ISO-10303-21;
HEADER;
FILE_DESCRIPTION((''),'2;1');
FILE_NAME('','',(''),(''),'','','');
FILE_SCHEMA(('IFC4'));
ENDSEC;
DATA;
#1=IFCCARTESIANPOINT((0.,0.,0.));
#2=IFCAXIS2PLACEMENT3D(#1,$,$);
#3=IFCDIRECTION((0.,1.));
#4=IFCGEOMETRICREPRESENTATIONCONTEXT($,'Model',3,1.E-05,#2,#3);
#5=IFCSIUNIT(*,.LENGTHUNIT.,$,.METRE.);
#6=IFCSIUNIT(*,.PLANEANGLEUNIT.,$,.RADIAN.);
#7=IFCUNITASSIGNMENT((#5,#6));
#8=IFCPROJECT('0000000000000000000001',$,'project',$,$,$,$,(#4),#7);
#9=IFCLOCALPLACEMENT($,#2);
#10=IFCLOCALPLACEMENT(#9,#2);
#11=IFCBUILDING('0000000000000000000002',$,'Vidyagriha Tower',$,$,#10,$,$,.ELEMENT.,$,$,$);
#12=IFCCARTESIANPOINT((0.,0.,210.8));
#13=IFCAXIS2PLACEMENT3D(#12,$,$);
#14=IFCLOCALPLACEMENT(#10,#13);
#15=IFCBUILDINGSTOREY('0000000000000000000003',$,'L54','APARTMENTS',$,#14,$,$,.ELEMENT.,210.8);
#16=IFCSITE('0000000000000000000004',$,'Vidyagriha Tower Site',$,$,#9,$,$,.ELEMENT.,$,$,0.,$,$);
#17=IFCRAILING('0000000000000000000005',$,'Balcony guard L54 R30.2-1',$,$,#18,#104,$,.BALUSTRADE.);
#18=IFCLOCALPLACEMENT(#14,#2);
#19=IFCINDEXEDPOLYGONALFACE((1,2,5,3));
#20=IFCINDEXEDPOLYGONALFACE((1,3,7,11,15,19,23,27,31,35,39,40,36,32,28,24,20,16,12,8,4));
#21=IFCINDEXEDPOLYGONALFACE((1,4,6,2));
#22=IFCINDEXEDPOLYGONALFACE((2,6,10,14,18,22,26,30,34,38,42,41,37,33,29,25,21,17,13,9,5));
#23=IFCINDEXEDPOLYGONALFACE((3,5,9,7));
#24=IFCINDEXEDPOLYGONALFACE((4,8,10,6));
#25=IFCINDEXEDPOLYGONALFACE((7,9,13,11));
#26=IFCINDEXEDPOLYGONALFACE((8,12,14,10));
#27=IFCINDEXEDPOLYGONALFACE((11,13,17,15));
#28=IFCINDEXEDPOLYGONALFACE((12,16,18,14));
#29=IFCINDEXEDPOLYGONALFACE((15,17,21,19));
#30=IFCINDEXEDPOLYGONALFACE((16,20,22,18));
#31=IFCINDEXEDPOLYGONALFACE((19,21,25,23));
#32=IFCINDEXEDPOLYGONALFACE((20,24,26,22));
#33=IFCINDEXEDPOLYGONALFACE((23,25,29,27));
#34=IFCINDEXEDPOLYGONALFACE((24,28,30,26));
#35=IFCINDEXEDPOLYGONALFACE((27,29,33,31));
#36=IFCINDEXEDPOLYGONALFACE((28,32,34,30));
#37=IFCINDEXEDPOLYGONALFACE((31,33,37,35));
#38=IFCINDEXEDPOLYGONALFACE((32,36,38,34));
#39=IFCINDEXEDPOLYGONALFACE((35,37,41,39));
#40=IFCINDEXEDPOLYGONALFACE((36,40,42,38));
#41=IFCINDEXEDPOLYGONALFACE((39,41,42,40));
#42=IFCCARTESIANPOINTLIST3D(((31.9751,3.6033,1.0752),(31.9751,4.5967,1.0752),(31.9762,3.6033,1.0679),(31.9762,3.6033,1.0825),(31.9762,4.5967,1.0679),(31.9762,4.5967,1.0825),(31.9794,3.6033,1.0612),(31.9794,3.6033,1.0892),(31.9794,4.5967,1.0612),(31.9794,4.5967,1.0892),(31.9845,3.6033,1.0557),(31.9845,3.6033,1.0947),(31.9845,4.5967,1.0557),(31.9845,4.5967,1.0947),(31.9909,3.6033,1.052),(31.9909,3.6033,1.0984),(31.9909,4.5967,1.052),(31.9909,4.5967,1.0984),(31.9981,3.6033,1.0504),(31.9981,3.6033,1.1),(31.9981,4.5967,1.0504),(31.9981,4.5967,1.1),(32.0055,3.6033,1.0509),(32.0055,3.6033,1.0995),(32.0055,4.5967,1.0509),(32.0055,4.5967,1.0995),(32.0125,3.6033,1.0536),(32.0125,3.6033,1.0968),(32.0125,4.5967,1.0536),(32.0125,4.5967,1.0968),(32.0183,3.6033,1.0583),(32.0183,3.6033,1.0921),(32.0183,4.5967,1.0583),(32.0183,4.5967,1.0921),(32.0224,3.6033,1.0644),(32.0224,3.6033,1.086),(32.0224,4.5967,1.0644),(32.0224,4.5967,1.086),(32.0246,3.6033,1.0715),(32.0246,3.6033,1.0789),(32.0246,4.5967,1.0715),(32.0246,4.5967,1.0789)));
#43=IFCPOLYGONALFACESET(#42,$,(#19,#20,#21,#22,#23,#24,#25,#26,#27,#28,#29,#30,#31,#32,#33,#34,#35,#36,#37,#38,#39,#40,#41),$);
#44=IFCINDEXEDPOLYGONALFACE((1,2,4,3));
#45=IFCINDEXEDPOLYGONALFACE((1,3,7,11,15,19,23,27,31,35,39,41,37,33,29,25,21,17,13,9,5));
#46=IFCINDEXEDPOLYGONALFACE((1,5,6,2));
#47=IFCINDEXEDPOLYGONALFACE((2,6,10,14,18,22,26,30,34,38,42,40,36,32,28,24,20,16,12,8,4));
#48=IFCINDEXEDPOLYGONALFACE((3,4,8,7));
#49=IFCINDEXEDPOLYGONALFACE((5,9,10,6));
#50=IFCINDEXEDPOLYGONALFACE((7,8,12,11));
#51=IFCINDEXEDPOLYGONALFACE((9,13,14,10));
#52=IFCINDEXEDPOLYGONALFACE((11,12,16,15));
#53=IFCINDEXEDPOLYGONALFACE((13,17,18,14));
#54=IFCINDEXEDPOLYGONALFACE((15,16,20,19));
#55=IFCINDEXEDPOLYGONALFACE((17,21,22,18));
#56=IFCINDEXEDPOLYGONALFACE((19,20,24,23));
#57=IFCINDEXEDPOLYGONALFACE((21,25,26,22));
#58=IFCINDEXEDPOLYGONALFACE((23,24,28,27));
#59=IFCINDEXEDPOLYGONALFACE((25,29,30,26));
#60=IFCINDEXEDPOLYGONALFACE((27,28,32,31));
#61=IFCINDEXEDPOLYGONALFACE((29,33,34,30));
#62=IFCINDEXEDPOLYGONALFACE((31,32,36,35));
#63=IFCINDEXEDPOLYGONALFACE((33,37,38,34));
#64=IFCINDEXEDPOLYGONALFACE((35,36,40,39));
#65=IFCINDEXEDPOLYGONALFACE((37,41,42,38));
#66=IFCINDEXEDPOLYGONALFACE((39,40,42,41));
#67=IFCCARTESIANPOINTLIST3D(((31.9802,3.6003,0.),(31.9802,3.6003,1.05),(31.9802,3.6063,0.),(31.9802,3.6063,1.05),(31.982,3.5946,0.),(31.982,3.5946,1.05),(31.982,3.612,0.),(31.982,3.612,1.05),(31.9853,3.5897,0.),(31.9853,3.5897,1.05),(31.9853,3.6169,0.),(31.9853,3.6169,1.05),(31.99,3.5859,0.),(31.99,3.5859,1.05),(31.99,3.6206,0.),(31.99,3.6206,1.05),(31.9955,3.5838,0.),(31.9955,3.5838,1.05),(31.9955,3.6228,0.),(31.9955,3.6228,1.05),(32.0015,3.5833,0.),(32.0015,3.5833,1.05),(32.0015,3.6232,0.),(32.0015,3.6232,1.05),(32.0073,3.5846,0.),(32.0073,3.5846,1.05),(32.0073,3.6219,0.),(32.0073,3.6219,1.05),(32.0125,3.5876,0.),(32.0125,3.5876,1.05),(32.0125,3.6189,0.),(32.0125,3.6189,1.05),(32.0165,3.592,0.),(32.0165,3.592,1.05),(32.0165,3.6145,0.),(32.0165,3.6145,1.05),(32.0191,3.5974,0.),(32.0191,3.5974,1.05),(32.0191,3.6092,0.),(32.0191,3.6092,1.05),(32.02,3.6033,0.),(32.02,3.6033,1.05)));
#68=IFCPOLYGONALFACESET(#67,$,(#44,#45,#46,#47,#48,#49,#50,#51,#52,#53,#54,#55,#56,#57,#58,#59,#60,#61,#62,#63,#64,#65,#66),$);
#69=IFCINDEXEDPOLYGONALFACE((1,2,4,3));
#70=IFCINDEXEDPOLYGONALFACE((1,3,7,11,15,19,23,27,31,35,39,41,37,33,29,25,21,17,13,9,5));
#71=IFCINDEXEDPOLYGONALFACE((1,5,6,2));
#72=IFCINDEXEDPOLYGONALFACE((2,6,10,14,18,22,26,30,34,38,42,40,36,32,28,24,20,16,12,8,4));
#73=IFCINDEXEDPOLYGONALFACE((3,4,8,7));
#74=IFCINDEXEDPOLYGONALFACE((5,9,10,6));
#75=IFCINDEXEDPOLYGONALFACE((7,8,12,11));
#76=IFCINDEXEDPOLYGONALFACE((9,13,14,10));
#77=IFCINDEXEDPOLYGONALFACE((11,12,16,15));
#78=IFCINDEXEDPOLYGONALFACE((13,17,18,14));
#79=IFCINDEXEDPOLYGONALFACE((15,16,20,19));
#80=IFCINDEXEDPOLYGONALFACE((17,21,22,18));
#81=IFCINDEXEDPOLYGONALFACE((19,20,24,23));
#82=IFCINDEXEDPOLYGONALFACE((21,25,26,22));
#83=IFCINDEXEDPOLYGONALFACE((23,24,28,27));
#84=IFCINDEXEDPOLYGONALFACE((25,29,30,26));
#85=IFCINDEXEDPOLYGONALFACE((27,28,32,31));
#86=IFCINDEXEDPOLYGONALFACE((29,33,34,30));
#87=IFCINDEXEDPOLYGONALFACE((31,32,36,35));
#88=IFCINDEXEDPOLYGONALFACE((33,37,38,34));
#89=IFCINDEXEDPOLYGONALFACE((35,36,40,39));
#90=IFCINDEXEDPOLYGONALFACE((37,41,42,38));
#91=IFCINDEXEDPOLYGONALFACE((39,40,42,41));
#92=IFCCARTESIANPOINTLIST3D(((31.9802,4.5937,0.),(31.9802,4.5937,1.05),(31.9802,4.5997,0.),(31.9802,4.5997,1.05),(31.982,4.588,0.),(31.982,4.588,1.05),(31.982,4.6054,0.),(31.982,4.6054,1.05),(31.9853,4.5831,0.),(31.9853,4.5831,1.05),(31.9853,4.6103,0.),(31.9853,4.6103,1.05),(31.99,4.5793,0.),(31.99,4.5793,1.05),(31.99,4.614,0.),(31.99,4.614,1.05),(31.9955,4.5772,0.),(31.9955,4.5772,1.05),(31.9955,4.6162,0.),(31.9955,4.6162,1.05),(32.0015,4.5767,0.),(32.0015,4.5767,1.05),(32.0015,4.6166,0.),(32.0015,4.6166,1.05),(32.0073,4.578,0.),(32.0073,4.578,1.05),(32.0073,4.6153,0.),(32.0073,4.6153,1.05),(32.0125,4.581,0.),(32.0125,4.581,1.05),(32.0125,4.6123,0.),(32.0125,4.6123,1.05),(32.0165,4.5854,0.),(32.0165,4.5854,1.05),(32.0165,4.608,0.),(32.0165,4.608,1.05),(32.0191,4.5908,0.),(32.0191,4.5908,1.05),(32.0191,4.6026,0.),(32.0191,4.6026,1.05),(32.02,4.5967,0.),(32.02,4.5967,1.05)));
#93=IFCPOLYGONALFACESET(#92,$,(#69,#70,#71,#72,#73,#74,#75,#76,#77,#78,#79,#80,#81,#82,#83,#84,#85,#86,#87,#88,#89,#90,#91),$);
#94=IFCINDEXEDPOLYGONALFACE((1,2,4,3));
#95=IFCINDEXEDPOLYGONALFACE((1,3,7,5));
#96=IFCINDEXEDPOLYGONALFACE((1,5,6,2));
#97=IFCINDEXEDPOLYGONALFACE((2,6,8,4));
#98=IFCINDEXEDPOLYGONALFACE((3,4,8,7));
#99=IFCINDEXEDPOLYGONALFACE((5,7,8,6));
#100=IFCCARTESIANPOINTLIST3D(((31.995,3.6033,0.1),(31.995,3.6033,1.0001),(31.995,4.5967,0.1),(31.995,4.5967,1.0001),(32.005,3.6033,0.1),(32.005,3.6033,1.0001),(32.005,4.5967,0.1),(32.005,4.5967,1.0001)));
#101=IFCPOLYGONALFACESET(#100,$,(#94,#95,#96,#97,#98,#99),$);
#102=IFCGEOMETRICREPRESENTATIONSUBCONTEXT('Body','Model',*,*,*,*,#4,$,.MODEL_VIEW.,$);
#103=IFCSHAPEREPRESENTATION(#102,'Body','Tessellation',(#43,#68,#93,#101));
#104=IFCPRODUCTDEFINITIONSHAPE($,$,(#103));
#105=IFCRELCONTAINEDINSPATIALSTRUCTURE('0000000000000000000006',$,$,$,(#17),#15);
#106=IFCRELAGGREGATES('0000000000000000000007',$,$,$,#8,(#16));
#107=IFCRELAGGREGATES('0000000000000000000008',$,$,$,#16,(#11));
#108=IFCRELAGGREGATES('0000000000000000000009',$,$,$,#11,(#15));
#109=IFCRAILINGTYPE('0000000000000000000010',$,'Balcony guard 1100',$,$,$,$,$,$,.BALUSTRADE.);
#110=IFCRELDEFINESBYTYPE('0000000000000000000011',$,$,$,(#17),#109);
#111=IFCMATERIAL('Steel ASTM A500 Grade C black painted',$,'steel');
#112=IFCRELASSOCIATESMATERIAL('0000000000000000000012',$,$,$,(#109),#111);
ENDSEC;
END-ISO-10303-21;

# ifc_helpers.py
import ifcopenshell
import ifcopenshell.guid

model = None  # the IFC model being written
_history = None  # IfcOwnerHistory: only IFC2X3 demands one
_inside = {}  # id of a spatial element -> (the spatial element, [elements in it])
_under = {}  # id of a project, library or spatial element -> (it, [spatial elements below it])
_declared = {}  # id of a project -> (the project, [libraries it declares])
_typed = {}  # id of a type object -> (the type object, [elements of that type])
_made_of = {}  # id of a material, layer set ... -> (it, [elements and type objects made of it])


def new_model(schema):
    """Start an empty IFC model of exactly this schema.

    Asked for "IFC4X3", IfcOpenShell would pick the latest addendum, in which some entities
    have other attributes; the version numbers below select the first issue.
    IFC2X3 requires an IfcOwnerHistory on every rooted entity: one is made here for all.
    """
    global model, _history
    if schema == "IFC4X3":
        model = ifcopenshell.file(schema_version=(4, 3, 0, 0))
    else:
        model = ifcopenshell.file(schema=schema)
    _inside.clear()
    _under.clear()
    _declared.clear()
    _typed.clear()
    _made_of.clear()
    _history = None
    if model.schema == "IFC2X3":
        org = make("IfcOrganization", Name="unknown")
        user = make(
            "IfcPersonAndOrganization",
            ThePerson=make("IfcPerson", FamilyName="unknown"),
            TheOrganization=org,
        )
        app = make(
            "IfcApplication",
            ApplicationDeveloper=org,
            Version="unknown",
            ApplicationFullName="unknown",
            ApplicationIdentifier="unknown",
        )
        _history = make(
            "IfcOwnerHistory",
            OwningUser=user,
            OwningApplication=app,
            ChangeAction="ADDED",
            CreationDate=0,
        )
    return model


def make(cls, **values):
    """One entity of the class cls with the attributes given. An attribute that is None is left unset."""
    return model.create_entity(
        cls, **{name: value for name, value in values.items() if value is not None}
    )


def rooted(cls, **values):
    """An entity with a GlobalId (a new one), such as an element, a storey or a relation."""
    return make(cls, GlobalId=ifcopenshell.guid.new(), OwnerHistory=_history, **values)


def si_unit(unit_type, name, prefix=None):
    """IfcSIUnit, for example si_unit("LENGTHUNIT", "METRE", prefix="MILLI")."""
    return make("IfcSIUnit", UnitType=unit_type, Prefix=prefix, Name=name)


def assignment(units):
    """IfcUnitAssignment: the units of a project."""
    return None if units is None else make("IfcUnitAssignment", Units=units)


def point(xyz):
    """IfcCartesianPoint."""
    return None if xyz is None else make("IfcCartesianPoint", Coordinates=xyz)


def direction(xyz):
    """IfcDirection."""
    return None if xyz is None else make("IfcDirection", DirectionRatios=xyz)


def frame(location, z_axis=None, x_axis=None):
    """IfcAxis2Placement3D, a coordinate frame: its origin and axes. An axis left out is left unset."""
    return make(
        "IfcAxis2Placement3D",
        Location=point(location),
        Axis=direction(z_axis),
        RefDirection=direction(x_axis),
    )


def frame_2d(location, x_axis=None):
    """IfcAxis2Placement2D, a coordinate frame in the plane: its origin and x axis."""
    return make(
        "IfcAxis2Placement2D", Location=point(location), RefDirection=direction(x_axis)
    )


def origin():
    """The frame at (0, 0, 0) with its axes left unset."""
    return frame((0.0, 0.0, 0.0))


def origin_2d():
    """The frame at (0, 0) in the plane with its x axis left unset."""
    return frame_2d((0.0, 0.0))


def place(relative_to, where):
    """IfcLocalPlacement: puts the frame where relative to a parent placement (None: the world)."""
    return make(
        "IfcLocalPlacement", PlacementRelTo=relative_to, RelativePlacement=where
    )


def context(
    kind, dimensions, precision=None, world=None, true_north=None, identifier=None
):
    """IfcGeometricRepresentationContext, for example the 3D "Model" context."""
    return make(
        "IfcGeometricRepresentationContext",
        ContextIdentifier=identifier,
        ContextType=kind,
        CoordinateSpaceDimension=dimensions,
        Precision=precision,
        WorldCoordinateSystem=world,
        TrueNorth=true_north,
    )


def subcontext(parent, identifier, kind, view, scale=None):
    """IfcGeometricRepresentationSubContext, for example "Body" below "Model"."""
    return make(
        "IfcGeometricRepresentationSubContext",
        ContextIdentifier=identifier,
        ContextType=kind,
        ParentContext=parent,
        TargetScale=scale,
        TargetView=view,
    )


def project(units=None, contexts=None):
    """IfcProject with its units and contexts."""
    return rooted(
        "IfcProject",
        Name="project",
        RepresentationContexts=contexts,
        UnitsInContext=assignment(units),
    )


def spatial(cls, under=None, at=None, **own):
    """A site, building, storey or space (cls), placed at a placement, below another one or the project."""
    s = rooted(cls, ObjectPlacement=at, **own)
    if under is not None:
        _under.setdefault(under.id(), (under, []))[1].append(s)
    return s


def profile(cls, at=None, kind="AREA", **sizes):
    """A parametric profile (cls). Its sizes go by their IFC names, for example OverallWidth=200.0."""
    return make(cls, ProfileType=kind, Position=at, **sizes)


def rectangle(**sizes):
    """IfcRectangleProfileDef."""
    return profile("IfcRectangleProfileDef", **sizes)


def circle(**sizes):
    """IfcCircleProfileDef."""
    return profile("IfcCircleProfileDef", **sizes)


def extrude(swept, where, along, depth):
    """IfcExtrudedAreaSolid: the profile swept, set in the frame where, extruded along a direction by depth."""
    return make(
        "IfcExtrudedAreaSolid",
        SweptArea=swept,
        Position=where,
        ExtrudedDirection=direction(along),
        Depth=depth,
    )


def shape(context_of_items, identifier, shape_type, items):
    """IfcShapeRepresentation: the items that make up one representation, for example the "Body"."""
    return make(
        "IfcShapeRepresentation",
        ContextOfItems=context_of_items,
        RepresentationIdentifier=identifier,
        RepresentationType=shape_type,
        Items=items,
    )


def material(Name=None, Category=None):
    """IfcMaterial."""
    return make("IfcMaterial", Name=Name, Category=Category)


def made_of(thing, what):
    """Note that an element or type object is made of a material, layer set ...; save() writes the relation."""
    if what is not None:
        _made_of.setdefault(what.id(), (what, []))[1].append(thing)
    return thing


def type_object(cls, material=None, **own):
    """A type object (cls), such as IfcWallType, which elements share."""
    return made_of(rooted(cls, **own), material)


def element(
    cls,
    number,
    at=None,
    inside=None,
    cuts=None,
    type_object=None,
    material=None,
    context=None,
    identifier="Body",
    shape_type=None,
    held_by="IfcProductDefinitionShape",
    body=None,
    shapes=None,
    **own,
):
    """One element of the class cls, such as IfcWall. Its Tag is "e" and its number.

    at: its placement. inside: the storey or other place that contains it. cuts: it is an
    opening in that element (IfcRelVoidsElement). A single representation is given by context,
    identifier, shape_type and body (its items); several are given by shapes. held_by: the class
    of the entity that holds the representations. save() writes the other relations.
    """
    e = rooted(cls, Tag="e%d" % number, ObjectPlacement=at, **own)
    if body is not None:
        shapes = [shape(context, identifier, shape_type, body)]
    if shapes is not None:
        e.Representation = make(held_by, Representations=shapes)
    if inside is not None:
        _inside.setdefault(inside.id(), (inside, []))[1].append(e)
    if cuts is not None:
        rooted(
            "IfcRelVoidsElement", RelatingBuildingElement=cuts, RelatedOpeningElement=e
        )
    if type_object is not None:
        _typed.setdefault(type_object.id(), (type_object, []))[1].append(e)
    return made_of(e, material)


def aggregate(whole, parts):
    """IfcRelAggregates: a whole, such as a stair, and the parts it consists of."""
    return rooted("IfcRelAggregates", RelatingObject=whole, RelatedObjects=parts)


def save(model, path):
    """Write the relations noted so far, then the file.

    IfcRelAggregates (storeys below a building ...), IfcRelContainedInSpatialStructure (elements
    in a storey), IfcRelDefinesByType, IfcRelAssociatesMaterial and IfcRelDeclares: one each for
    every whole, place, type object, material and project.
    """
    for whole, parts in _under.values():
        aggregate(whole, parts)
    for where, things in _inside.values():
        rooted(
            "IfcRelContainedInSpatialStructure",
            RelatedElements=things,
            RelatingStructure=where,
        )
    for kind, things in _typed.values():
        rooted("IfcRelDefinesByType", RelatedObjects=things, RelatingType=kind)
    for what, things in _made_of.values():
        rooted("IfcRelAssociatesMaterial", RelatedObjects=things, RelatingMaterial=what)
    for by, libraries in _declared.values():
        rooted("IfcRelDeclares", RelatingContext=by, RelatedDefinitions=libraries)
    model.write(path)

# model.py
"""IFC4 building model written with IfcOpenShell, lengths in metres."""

from ifc_helpers import new_model, si_unit, direction, frame, origin, origin_2d, place, context, subcontext, project, spatial, rectangle, circle, extrude, material, type_object, element, save


model = new_model("IFC4")

# Units and contexts
model_context = context("Model", 3, precision=1e-05, world=origin(), true_north=direction((0.0, 1.0)))
body_context = subcontext(model_context, "Body", "Model", "MODEL_VIEW")
ifc_project = project(units=[si_unit("LENGTHUNIT", "METRE"), si_unit("PLANEANGLEUNIT", "RADIAN")], contexts=[model_context])

# Site, building, storey
site_placement = place(None, origin())
site = spatial("IfcSite", under=ifc_project, at=site_placement, Name="Vidyagriha Tower Site", CompositionType="ELEMENT", RefElevation=0.0)
building_placement = place(site_placement, origin())
building = spatial("IfcBuilding", under=site, at=building_placement, Name="Vidyagriha Tower", CompositionType="ELEMENT")
storey_placement = place(building_placement, frame((0.0, 0.0, 210.8)))
storey = spatial("IfcBuildingStorey", under=building, at=storey_placement, Name="L54", Description="APARTMENTS", CompositionType="ELEMENT", Elevation=210.8)

# Railing
ifc_material_1 = material(Name="Steel ASTM A500 Grade C black painted", Category="steel")
railing_type_1 = type_object("IfcRailingType", Name="Balcony guard 1100", PredefinedType="BALUSTRADE", material=ifc_material_1)
railing_1_placement = place(storey_placement, frame((32.0, 3.6033, 0.0)))
element("IfcRailing", 1, at=railing_1_placement, inside=storey, type_object=railing_type_1, Name="Balcony guard L54 R30.2-1", PredefinedType="BALUSTRADE", context=body_context, shape_type="SweptSolid", body=[
    extrude(circle(Radius=0.0249, at=origin_2d()), frame((0.0, 0.0, 1.0752), z_axis=(0.0, 1.0, 0.0), x_axis=(-1.0, 0.0, 0.0)), (0.0, 0.0, 1.0), 0.9934),
    extrude(circle(Radius=0.02, at=origin_2d()), origin(), (0.0, 0.0, 1.0), 1.05),
    extrude(circle(Radius=0.02, at=origin_2d()), frame((0.0, 0.9934, 0.0)), (0.0, 0.0, 1.0), 1.05),
    extrude(rectangle(XDim=0.01, YDim=0.9001, at=origin_2d()), frame((0.0, 0.0, 0.55), z_axis=(0.0, 1.0, 0.0), x_axis=(-1.0, 0.0, 0.0)), (0.0, 0.0, 1.0), 0.9934),
])

save(model, "model.ifc")
